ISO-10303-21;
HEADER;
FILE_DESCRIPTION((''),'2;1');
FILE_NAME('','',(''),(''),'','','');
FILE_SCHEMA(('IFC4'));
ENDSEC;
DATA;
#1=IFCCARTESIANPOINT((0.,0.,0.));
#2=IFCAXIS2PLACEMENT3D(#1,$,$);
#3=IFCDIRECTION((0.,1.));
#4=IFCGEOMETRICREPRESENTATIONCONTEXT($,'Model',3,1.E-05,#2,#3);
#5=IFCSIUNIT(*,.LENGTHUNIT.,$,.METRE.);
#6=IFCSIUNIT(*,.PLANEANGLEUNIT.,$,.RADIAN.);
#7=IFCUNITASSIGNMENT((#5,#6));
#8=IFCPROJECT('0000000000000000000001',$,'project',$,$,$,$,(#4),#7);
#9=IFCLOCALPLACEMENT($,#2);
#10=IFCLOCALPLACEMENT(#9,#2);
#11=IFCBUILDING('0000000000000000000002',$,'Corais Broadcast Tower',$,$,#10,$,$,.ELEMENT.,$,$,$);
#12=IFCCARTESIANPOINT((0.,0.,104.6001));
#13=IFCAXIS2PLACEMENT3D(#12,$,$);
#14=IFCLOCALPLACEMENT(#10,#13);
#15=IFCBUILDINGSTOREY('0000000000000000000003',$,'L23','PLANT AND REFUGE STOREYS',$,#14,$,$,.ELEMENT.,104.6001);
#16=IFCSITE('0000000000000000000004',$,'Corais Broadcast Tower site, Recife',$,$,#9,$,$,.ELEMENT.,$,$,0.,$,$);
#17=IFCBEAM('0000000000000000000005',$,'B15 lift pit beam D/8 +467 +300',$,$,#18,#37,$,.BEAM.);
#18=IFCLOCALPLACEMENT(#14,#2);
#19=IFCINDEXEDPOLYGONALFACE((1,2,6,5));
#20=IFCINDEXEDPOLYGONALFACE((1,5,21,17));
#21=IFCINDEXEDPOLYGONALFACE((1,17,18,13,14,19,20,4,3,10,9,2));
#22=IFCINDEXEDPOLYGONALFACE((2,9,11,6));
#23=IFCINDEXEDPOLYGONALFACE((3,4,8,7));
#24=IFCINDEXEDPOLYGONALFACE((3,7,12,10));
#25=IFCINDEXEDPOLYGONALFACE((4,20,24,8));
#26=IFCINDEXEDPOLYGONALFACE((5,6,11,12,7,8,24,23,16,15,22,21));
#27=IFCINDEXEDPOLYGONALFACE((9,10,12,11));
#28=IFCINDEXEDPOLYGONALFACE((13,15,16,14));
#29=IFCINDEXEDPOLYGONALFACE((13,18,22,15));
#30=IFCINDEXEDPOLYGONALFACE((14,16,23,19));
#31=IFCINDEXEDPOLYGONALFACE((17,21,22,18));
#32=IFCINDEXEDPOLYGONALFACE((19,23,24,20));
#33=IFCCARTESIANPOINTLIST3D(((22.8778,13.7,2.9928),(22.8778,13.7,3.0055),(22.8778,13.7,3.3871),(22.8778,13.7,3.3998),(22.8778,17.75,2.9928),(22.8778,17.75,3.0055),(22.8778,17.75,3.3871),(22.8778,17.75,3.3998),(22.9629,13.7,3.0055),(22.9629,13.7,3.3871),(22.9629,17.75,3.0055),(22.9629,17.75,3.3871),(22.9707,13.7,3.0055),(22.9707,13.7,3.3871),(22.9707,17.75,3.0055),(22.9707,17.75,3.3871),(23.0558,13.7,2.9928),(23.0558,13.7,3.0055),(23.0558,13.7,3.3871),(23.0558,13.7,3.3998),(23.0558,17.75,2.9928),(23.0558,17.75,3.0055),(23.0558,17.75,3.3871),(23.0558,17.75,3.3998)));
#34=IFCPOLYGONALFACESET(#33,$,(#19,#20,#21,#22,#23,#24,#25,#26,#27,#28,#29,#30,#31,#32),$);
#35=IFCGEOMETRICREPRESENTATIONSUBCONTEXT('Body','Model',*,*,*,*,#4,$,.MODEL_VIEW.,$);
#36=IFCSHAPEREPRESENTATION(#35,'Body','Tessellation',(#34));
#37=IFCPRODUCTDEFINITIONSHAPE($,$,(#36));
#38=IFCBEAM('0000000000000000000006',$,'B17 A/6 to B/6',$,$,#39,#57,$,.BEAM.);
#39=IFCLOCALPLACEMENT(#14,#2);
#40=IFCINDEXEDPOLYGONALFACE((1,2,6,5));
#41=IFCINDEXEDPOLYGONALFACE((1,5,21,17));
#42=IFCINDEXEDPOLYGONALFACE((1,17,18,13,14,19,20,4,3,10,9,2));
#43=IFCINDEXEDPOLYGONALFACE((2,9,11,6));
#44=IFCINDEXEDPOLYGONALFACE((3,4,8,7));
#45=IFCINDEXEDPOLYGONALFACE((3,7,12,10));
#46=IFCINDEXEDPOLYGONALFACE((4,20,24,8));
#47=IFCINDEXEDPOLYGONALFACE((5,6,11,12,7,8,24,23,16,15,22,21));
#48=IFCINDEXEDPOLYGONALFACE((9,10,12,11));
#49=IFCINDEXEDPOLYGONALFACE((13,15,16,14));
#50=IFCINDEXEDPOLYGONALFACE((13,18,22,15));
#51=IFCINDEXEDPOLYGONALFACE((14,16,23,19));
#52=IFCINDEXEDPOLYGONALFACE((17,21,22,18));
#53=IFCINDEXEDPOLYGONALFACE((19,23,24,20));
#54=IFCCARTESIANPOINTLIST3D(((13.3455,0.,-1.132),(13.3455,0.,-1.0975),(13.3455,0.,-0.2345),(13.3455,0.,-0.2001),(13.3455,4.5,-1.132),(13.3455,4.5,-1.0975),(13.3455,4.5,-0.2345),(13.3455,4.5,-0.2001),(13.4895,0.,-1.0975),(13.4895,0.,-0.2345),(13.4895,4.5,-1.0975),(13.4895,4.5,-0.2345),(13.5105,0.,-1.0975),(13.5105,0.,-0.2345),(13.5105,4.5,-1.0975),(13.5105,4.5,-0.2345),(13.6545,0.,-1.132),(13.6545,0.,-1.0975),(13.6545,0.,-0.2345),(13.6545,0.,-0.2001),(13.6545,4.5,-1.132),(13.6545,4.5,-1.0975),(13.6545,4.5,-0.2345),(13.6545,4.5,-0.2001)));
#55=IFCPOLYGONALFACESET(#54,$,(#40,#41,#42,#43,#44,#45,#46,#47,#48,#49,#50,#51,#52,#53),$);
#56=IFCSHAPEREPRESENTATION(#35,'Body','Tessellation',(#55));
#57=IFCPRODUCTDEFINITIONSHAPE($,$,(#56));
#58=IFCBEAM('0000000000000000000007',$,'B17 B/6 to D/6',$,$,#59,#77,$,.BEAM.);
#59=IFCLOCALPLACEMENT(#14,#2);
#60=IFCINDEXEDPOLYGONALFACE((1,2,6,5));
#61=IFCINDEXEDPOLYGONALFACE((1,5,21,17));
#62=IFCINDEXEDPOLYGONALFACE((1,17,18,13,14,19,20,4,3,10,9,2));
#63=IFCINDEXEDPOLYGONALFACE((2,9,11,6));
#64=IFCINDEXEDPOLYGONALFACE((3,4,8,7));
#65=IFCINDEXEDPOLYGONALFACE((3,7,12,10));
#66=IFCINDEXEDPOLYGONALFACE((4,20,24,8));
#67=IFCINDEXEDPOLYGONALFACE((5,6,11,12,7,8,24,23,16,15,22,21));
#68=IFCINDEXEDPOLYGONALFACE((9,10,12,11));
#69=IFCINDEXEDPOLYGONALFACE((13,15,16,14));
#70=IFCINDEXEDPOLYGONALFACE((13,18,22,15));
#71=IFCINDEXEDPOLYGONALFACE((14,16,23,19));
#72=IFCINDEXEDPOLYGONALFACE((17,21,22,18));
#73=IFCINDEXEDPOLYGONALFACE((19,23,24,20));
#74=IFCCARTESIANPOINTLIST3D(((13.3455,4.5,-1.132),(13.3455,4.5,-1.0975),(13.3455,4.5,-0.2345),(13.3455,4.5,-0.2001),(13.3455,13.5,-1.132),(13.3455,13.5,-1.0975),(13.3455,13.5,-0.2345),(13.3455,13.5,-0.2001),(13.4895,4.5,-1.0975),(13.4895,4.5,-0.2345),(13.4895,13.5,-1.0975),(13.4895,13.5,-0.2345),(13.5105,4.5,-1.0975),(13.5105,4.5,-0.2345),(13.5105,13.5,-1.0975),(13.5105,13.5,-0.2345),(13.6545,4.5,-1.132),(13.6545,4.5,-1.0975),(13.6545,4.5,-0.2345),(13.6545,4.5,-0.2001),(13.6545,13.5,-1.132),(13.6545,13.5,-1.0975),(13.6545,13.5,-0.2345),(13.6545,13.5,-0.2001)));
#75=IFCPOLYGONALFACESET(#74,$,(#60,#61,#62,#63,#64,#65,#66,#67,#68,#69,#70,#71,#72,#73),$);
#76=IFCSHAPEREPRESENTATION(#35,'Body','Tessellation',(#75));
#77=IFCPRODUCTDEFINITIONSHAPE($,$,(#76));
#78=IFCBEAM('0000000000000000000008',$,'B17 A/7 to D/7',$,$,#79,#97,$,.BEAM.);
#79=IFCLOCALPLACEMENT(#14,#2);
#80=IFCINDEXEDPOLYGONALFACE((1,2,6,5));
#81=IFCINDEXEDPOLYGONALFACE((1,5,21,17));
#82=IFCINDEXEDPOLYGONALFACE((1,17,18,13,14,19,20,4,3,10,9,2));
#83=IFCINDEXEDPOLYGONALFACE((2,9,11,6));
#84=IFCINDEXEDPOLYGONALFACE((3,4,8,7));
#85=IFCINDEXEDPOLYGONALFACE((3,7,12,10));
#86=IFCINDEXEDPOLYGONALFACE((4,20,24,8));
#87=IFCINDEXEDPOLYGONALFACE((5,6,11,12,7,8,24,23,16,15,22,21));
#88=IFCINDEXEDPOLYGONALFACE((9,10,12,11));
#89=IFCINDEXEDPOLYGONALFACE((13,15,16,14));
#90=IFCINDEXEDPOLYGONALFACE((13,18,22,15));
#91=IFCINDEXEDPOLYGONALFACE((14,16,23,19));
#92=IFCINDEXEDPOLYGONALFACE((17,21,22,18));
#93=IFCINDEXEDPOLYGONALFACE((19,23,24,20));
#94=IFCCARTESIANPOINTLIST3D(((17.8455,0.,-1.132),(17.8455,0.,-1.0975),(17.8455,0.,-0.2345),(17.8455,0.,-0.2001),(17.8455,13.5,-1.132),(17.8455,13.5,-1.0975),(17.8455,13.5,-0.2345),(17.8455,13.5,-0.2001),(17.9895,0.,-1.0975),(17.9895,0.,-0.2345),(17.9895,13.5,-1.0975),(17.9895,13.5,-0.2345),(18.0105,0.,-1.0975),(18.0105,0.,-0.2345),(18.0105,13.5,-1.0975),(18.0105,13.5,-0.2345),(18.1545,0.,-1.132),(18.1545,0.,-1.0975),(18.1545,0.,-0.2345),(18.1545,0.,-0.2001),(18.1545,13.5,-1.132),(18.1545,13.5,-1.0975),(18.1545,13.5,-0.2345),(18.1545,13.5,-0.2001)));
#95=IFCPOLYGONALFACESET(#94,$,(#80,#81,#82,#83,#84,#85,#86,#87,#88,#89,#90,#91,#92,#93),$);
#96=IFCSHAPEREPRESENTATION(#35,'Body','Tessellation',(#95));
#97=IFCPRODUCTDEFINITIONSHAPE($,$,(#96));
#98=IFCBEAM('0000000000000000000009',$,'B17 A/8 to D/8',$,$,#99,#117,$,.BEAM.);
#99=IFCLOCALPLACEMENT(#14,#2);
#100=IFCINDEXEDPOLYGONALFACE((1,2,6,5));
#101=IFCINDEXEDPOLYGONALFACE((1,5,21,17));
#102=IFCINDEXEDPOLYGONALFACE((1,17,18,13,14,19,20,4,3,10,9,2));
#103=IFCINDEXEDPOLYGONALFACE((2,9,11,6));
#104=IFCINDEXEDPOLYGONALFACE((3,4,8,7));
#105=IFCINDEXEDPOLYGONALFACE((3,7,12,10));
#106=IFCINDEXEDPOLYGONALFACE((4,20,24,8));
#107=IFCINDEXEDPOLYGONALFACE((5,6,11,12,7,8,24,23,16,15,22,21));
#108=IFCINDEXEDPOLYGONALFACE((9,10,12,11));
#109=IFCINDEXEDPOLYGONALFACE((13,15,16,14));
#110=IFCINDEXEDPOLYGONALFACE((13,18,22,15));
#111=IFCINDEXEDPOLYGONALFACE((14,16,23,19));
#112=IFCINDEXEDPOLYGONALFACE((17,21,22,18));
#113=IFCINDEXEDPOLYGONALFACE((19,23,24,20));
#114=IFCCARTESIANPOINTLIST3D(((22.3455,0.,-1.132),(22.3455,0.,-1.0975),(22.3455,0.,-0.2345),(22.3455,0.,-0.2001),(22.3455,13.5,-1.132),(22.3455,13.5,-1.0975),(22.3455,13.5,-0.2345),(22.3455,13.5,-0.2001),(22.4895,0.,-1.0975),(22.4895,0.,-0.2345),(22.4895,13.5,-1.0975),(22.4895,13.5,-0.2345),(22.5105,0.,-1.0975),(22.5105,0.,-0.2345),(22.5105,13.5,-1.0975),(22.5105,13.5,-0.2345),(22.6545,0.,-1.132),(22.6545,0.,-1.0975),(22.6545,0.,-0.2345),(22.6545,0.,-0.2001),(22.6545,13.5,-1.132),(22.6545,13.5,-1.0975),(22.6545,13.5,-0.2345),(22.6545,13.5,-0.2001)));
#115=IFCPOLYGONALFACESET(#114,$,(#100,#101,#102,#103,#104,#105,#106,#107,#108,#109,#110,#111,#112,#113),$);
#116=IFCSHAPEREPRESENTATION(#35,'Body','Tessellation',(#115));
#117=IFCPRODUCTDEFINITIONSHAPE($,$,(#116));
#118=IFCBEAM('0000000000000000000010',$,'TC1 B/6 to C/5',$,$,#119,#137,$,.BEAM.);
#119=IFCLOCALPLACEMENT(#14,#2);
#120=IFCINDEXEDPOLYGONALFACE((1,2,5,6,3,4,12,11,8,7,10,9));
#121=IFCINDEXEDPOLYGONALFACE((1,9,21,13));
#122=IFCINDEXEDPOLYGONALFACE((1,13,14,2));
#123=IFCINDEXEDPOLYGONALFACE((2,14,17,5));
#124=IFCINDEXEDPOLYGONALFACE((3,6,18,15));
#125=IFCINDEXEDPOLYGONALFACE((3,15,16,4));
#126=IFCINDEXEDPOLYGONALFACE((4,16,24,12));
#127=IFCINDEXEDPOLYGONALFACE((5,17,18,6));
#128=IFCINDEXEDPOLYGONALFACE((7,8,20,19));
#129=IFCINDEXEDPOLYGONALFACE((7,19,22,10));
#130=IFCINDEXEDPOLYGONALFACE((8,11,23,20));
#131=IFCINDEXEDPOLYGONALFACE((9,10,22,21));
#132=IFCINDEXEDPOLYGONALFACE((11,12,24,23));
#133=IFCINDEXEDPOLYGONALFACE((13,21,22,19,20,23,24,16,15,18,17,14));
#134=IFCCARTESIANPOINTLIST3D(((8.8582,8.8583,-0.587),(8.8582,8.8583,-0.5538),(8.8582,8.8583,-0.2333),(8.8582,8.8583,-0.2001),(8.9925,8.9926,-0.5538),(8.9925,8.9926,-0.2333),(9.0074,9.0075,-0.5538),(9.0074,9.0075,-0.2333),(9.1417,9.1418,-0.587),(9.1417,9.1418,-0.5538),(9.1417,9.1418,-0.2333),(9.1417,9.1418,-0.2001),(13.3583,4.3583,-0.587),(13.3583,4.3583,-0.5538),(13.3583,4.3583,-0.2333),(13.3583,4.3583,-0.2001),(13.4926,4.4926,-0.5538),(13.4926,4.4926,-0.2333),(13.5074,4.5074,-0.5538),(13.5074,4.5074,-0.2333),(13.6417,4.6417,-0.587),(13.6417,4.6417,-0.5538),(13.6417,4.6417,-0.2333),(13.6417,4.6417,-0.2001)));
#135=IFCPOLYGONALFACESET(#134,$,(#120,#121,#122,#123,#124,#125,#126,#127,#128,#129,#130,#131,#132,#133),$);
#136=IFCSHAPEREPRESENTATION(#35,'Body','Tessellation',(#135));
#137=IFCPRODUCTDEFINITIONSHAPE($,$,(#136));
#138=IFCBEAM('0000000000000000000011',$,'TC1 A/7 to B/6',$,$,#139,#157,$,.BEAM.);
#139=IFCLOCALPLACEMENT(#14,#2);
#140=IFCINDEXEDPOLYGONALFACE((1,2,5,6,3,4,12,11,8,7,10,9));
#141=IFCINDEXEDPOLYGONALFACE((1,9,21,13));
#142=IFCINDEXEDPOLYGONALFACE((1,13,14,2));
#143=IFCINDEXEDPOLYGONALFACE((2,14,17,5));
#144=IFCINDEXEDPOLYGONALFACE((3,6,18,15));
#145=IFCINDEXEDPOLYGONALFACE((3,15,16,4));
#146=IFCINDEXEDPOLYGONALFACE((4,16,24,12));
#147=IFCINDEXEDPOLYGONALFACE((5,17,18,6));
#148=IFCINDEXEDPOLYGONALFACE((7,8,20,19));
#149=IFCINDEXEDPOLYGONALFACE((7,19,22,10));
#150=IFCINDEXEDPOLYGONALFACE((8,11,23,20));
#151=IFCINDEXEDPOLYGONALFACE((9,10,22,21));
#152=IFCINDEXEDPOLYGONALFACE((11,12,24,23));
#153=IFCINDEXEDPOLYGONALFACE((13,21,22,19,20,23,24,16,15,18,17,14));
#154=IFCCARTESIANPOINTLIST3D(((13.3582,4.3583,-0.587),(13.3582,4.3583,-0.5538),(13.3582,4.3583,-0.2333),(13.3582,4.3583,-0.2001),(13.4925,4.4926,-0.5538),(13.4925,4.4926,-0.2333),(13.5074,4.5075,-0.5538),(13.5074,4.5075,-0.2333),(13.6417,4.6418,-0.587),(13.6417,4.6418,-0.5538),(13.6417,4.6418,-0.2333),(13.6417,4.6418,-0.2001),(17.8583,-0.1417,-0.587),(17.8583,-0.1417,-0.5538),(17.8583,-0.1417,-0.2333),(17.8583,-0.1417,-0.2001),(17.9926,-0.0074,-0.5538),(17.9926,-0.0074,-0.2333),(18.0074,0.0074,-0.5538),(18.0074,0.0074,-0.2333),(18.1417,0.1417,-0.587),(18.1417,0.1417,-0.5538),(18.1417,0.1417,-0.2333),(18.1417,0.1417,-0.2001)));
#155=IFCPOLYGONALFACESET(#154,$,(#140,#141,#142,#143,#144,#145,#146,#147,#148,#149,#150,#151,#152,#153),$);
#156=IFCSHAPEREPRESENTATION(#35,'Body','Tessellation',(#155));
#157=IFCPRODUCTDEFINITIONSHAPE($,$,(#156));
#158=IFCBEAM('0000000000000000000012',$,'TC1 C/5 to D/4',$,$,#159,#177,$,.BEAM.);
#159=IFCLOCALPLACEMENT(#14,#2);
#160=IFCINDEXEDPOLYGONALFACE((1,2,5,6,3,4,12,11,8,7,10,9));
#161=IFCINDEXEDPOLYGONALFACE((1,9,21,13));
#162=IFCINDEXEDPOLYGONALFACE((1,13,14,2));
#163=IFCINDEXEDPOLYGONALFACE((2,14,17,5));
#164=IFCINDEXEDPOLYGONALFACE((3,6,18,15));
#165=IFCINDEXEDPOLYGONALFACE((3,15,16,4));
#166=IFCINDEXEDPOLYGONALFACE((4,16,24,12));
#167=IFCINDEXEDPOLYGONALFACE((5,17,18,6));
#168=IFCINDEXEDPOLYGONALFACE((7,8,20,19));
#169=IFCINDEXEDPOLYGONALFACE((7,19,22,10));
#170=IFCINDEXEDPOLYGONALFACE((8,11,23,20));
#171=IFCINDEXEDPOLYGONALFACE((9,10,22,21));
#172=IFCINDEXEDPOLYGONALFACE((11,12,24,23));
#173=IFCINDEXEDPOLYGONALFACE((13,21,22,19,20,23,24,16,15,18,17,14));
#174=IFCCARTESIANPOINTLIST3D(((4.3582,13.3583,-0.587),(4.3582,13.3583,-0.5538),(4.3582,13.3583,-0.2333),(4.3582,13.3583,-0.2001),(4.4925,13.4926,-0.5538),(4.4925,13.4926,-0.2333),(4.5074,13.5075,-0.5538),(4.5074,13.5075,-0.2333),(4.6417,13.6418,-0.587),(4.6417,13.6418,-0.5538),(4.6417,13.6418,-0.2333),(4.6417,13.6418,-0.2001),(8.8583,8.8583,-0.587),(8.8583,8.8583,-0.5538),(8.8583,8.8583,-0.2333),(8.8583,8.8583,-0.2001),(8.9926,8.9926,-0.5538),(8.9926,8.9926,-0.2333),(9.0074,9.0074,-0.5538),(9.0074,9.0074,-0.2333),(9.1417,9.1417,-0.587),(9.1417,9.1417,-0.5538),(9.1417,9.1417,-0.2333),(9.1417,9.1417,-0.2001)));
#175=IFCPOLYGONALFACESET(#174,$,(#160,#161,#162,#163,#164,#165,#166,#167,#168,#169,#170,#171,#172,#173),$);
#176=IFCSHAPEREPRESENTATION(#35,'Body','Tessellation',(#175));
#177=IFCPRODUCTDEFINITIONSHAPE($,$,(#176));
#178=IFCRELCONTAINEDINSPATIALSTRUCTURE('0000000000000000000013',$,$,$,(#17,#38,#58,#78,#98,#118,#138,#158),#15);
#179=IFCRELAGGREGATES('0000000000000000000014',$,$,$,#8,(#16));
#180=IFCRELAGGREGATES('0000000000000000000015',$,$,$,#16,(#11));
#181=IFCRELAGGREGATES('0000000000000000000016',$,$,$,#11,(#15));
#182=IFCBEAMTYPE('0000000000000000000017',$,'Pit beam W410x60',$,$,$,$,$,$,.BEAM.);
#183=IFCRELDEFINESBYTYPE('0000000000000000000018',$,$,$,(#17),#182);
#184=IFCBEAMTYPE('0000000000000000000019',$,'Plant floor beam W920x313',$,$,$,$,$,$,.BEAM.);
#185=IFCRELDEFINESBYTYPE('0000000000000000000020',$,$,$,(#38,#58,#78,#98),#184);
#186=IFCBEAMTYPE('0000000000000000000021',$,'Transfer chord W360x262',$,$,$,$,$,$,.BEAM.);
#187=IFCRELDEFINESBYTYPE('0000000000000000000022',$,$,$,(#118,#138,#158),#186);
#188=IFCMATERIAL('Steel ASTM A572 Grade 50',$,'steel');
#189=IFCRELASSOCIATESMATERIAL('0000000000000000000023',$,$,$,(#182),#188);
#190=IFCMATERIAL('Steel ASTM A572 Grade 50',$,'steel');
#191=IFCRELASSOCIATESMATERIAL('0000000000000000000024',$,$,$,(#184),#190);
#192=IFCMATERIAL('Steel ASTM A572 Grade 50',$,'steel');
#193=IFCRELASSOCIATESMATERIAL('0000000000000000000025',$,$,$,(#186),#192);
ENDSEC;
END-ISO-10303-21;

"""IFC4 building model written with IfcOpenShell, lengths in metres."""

from ifc_helpers import new_model, si_unit, direction, frame, origin, origin_2d, place, context, subcontext, project, spatial, i_section, extrude, material, material_profile, profile_set, type_object, element, save


model = new_model("IFC4")

# Units and contexts
model_context = context("Model", 3, precision=1e-05, world=origin(), true_north=direction((0.0, 1.0)))
body_context = subcontext(model_context, "Body", "Model", "MODEL_VIEW")
ifc_project = project(units=[si_unit("LENGTHUNIT", "METRE"), si_unit("PLANEANGLEUNIT", "RADIAN")], contexts=[model_context])

# Site, building, storey
site_placement = place(None, origin())
site = spatial("IfcSite", under=ifc_project, at=site_placement, Name="Corais Broadcast Tower site, Recife", CompositionType="ELEMENT", RefElevation=0.0)
building_placement = place(site_placement, origin())
building = spatial("IfcBuilding", under=site, at=building_placement, Name="Corais Broadcast Tower", CompositionType="ELEMENT")
storey_placement = place(building_placement, frame((0.0, 0.0, 104.6001)))
storey = spatial("IfcBuildingStorey", under=building, at=storey_placement, Name="L23", Description="PLANT AND REFUGE STOREYS", CompositionType="ELEMENT", Elevation=104.6001)

# Beams
ifc_material_1 = material(Name="Steel ASTM A572 Grade 50", Category="steel")
ifc_material_profile_1 = material_profile(ifc_material_1, i_section(OverallWidth=0.178, OverallDepth=0.407, WebThickness=0.0078, FlangeThickness=0.0127, at=origin_2d()), Name="W410x60")
ifc_profile_set_1 = profile_set([ifc_material_profile_1], Name="Steel ASTM A572 Grade 50")
beam_type_1 = type_object("IfcBeamType", Name="Pit beam W410x60", PredefinedType="BEAM", material=ifc_profile_set_1)
for number, where, z_axis, x_axis, name in (
    (1, (22.9668, 13.7, 3.1963), (0.0, 1.0, 0.0), (-1.0, 0.0, 0.0), "B15 lift pit beam D/8 +467 +300"),
):
    element("IfcBeam", number, at=place(storey_placement, frame(where, z_axis=z_axis, x_axis=x_axis)), inside=storey, type_object=beam_type_1, Name=name, PredefinedType="BEAM", context=body_context, shape_type="SweptSolid", body=[
        extrude(i_section(OverallWidth=0.178, OverallDepth=0.407, WebThickness=0.0078, FlangeThickness=0.0127, at=origin_2d()), origin(), (0.0, 0.0, 1.0), 4.05),
    ])
ifc_material_2 = material(Name="Steel ASTM A572 Grade 50", Category="steel")
ifc_material_profile_2 = material_profile(ifc_material_2, i_section(OverallWidth=0.3091, OverallDepth=0.9319, WebThickness=0.021, FlangeThickness=0.0344, at=origin_2d()), Name="W920x313")
ifc_profile_set_2 = profile_set([ifc_material_profile_2], Name="Steel ASTM A572 Grade 50")
beam_type_2 = type_object("IfcBeamType", Name="Plant floor beam W920x313", PredefinedType="BEAM", material=ifc_profile_set_2)
beam_1_placement = place(storey_placement, frame((13.5, 0.0, -0.666), z_axis=(0.0, 1.0, 0.0), x_axis=(-1.0, 0.0, 0.0)))
element("IfcBeam", 2, at=beam_1_placement, inside=storey, type_object=beam_type_2, Name="B17 A/6 to B/6", PredefinedType="BEAM", context=body_context, shape_type="SweptSolid", body=[
    extrude(i_section(OverallWidth=0.3091, OverallDepth=0.9319, WebThickness=0.021, FlangeThickness=0.0344, at=origin_2d()), origin(), (0.0, 0.0, 1.0), 4.5),
])
beam_2_placement = place(storey_placement, frame((13.5, 4.5, -0.666), z_axis=(0.0, 1.0, 0.0), x_axis=(-1.0, 0.0, 0.0)))
element("IfcBeam", 3, at=beam_2_placement, inside=storey, type_object=beam_type_2, Name="B17 B/6 to D/6", PredefinedType="BEAM", context=body_context, shape_type="SweptSolid", body=[
    extrude(i_section(OverallWidth=0.3091, OverallDepth=0.9319, WebThickness=0.021, FlangeThickness=0.0344, at=origin_2d()), origin(), (0.0, 0.0, 1.0), 9.0),
])
for number, where, z_axis, x_axis, name in (
    (4, (18.0, 0.0, -0.666), (0.0, 1.0, 0.0), (-1.0, 0.0, 0.0), "B17 A/7 to D/7"),
    (5, (22.5, 0.0, -0.666), (0.0, 1.0, 0.0), (-1.0, 0.0, 0.0), "B17 A/8 to D/8"),
):
    element("IfcBeam", number, at=place(storey_placement, frame(where, z_axis=z_axis, x_axis=x_axis)), inside=storey, type_object=beam_type_2, Name=name, PredefinedType="BEAM", context=body_context, shape_type="SweptSolid", body=[
        extrude(i_section(OverallWidth=0.3091, OverallDepth=0.9319, WebThickness=0.021, FlangeThickness=0.0344, at=origin_2d()), origin(), (0.0, 0.0, 1.0), 13.5),
    ])
ifc_material_3 = material(Name="Steel ASTM A572 Grade 50", Category="steel")
ifc_material_profile_3 = material_profile(ifc_material_3, i_section(OverallWidth=0.4009, OverallDepth=0.387, WebThickness=0.021, FlangeThickness=0.0332, at=origin_2d()), Name="W360x262")
ifc_profile_set_3 = profile_set([ifc_material_profile_3], Name="Steel ASTM A572 Grade 50")
beam_type_3 = type_object("IfcBeamType", Name="Transfer chord W360x262", PredefinedType="BEAM", material=ifc_profile_set_3)
for number, where, z_axis, x_axis, name in (
    (6, (13.5, 4.5, -0.3936), (-0.707107, 0.707107, 0.0), (-0.707107, -0.707107, 0.0), "TC1 B/6 to C/5"),
    (7, (18.0, 0.0, -0.3936), (-0.707107, 0.707107, 0.0), (-0.707107, -0.707107, 0.0), "TC1 A/7 to B/6"),
    (8, (9.0, 9.0, -0.3936), (-0.707107, 0.707107, 0.0), (-0.707107, -0.707107, 0.0), "TC1 C/5 to D/4"),
):
    element("IfcBeam", number, at=place(storey_placement, frame(where, z_axis=z_axis, x_axis=x_axis)), inside=storey, type_object=beam_type_3, Name=name, PredefinedType="BEAM", context=body_context, shape_type="SweptSolid", body=[
        extrude(i_section(OverallWidth=0.4009, OverallDepth=0.387, WebThickness=0.021, FlangeThickness=0.0332, at=origin_2d()), origin(), (0.0, 0.0, 1.0), 6.364),
    ])

save(model, "model.ifc")
